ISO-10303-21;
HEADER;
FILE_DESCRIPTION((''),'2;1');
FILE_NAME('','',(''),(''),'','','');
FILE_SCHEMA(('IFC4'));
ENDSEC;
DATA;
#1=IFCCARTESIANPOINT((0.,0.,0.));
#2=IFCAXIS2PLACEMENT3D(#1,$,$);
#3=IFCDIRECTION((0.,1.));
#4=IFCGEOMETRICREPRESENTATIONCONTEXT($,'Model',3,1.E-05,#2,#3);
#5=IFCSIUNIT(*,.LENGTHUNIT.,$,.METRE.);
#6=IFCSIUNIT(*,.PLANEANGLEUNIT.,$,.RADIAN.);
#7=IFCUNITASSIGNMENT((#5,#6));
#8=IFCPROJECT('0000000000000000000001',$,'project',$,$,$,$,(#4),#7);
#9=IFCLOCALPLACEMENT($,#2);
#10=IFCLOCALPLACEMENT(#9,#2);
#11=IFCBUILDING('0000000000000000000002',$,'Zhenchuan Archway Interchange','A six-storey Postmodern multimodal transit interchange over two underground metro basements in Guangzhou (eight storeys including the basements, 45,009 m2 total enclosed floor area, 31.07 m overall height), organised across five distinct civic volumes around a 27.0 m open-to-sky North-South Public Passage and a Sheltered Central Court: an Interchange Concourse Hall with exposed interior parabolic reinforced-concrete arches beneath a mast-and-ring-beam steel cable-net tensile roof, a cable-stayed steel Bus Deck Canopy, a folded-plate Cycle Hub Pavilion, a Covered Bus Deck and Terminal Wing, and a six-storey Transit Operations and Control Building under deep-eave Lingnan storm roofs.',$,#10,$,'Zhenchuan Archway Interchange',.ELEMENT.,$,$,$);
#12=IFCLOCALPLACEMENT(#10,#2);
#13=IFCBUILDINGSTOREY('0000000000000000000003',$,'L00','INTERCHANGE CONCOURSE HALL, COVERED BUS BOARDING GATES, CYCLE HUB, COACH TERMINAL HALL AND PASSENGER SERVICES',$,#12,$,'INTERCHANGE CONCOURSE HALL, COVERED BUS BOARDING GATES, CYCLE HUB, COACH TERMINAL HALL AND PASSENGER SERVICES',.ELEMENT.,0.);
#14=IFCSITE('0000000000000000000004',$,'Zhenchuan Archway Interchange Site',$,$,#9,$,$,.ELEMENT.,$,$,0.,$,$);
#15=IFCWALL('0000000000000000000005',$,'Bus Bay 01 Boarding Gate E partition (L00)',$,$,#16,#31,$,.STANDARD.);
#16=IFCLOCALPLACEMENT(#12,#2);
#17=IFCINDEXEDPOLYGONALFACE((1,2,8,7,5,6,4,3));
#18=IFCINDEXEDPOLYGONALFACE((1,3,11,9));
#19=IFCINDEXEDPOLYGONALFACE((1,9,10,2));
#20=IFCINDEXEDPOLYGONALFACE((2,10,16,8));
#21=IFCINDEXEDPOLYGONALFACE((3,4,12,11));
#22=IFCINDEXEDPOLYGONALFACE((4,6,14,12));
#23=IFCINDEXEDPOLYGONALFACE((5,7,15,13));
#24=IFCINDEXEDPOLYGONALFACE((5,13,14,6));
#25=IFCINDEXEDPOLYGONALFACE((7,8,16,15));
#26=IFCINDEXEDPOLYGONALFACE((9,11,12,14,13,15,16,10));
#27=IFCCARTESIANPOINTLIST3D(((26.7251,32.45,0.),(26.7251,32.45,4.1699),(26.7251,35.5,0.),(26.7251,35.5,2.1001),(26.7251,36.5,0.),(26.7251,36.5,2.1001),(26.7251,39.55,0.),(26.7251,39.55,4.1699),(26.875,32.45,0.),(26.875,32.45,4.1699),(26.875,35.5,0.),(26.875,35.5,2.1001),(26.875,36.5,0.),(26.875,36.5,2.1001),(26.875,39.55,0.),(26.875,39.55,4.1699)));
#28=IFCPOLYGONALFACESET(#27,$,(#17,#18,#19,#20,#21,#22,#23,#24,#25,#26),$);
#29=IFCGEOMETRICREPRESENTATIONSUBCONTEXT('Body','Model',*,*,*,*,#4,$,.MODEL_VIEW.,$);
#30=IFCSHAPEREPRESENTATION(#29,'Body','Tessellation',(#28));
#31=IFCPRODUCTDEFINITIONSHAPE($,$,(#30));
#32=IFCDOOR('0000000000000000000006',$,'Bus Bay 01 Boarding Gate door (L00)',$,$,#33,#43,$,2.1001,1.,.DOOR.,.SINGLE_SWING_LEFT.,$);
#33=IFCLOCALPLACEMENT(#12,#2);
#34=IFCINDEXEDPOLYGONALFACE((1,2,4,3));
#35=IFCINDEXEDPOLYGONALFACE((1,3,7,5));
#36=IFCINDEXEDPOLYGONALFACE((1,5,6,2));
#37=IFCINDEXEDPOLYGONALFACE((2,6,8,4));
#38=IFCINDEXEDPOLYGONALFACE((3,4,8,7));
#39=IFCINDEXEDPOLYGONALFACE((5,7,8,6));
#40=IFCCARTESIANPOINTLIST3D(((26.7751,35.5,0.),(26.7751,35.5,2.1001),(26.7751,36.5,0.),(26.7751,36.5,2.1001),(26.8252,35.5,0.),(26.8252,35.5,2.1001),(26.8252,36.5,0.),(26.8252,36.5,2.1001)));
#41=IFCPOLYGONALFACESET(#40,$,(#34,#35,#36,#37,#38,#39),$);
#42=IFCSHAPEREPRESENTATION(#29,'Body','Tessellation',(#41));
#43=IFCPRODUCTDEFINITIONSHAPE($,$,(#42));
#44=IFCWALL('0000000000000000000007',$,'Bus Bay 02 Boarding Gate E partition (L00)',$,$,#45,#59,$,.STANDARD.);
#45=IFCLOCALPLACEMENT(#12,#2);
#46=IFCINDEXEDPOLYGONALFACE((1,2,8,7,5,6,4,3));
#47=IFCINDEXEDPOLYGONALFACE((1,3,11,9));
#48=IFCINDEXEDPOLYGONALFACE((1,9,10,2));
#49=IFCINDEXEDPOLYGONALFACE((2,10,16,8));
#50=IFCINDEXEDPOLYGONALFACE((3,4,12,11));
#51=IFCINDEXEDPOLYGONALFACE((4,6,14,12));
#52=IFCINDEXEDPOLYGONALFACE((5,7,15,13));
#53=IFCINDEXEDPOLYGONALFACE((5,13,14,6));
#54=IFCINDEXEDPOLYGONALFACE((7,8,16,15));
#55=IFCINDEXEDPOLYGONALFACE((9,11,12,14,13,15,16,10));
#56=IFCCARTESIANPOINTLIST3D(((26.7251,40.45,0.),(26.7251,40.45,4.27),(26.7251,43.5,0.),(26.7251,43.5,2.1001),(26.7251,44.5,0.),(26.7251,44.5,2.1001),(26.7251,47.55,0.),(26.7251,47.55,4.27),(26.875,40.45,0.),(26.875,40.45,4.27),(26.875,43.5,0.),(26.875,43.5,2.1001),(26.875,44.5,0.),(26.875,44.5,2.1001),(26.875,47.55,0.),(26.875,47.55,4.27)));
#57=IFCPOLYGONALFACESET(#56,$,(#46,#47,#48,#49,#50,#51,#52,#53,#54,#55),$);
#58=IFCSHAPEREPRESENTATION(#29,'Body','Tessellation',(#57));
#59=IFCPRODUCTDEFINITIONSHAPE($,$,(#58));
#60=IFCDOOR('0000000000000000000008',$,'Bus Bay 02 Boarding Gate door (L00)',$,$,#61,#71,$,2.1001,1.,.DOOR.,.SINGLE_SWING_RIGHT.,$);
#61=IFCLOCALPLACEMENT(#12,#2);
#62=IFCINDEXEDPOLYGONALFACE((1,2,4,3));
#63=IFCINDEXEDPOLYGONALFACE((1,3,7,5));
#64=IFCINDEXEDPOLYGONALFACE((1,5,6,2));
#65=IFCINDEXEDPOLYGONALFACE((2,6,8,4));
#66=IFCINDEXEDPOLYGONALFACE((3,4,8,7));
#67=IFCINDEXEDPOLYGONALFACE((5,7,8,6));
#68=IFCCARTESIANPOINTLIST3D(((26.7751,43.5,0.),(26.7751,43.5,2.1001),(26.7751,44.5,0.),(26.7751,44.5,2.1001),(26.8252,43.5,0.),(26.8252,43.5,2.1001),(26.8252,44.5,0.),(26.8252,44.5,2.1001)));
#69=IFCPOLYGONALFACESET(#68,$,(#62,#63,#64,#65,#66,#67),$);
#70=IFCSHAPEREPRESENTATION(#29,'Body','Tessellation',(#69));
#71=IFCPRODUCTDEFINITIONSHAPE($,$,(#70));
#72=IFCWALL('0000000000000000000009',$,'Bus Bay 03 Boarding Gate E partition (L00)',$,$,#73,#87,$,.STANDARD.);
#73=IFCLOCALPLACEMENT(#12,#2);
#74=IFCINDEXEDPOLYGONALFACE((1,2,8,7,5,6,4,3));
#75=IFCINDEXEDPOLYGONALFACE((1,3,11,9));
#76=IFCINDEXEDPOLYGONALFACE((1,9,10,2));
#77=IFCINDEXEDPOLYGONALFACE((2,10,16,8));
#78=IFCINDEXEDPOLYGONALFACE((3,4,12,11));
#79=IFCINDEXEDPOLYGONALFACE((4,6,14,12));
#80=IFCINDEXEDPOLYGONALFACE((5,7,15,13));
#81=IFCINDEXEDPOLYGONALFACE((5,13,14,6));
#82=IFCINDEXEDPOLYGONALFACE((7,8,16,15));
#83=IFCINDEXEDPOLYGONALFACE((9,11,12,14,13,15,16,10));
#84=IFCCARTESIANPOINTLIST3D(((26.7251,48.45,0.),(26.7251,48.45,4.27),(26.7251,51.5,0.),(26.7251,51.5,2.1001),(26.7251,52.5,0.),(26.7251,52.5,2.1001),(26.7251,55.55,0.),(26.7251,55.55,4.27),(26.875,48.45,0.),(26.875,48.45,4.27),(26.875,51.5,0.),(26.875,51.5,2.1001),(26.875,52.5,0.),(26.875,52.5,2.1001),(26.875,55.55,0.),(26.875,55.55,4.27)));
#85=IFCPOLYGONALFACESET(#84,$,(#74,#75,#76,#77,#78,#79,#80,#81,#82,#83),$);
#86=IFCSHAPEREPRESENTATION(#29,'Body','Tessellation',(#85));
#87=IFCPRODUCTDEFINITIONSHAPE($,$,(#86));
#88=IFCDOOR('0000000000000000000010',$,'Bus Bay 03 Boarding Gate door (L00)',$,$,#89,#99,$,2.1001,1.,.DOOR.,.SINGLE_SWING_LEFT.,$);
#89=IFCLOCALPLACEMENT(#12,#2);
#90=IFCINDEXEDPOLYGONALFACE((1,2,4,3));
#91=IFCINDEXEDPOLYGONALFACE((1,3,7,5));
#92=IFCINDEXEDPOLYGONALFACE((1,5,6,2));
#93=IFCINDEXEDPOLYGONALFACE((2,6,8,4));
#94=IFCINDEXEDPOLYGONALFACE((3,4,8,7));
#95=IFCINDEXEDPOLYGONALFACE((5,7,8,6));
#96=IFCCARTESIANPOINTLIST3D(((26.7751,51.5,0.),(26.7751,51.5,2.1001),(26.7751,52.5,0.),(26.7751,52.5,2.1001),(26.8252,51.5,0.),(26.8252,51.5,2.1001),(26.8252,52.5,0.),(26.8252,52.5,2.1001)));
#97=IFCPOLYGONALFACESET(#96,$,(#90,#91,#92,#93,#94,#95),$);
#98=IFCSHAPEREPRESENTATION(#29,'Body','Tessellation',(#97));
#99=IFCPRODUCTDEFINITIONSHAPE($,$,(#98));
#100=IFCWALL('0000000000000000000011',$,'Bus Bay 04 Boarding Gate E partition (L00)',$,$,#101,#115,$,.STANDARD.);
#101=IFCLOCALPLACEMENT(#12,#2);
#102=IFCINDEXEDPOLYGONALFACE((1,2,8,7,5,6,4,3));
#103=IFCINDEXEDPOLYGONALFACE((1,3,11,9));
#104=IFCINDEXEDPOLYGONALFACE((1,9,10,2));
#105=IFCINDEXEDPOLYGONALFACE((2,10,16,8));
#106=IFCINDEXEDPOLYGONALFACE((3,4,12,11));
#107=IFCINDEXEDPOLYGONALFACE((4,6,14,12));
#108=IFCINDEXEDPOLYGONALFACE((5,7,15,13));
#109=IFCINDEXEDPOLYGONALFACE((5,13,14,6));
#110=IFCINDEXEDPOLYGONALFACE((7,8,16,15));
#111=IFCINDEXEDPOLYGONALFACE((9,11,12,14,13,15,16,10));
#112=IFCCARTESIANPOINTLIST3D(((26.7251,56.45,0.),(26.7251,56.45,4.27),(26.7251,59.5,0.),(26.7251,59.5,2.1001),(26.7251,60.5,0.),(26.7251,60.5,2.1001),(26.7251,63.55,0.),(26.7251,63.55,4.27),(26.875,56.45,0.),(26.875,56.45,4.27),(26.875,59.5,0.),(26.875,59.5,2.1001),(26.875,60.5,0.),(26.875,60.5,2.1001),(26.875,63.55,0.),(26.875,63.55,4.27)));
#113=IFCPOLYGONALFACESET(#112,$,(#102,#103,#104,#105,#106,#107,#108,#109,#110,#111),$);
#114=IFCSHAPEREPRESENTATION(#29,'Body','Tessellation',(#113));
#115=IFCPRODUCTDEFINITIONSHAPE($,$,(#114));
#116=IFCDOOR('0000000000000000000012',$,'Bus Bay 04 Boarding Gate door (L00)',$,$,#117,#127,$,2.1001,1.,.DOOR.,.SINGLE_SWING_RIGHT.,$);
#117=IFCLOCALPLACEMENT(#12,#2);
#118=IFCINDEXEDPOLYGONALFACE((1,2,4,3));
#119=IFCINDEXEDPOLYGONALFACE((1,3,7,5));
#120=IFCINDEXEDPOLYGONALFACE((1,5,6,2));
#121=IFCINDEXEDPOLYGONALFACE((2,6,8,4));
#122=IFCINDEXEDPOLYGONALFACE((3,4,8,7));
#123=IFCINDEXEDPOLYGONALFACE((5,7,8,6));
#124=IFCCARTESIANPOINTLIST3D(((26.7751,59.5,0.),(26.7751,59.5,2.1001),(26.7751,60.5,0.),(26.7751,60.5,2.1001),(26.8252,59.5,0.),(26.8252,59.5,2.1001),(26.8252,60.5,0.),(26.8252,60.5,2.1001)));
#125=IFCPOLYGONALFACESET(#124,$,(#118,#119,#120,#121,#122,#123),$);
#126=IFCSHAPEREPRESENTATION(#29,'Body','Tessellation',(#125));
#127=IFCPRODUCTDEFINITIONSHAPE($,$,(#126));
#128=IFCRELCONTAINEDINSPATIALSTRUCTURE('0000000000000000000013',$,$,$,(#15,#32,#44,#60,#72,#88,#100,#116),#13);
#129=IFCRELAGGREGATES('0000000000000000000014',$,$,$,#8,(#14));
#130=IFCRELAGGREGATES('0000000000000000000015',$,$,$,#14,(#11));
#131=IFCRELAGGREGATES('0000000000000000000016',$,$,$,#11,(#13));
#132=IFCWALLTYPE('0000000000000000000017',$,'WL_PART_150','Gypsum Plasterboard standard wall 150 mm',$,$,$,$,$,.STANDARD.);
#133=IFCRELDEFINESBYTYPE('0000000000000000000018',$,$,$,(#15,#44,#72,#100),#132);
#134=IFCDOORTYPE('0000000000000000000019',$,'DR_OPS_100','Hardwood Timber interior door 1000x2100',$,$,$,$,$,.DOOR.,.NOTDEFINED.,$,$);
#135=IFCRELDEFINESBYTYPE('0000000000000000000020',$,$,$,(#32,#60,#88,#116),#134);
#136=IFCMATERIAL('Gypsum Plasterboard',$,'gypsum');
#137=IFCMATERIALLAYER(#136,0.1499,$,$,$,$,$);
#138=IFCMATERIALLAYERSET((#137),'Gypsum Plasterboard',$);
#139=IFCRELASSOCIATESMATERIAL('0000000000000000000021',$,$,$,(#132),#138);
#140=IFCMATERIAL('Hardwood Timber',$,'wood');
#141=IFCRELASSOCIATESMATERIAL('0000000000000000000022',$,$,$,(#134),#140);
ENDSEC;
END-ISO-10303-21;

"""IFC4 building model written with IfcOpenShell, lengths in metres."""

from ifc_helpers import new_model, si_unit, direction, frame, frame_2d, origin, place, context, subcontext, project, spatial, rectangle, extrude, material, layer, layer_set, type_object, element, fill, save


model = new_model("IFC4")

# Units and contexts
model_context = context("Model", 3, precision=1e-05, world=origin(), true_north=direction((0.0, 1.0)))
body_context = subcontext(model_context, "Body", "Model", "MODEL_VIEW")
ifc_project = project(units=[si_unit("LENGTHUNIT", "METRE"), si_unit("PLANEANGLEUNIT", "RADIAN")], contexts=[model_context])

# Site, building, storey
site_placement = place(None, origin())
site = spatial("IfcSite", under=ifc_project, at=site_placement, Name="Zhenchuan Archway Interchange Site", CompositionType="ELEMENT", RefElevation=0.0)
building_placement = place(site_placement, origin())
building = spatial("IfcBuilding", under=site, at=building_placement, Name="Zhenchuan Archway Interchange", Description="A six-storey Postmodern multimodal transit interchange over two underground metro basements in Guangzhou (eight storeys including the basements, 45,009 m2 total enclosed floor area, 31.07 m overall height), organised across five distinct civic volumes around a 27.0 m open-to-sky North-South Public Passage and a Sheltered Central Court: an Interchange Concourse Hall with exposed interior parabolic reinforced-concrete arches beneath a mast-and-ring-beam steel cable-net tensile roof, a cable-stayed steel Bus Deck Canopy, a folded-plate Cycle Hub Pavilion, a Covered Bus Deck and Terminal Wing, and a six-storey Transit Operations and Control Building under deep-eave Lingnan storm roofs.", LongName="Zhenchuan Archway Interchange", CompositionType="ELEMENT")
storey_placement = place(building_placement, origin())
storey = spatial("IfcBuildingStorey", under=building, at=storey_placement, Name="L00", Description="INTERCHANGE CONCOURSE HALL, COVERED BUS BOARDING GATES, CYCLE HUB, COACH TERMINAL HALL AND PASSENGER SERVICES", LongName="INTERCHANGE CONCOURSE HALL, COVERED BUS BOARDING GATES, CYCLE HUB, COACH TERMINAL HALL AND PASSENGER SERVICES", CompositionType="ELEMENT", Elevation=0.0)

# Walls, openings, doors
ifc_material_1 = material(Name="Gypsum Plasterboard", Category="gypsum")
ifc_layer = layer(ifc_material_1, 0.1499)
ifc_layer_set = layer_set([ifc_layer], Name="Gypsum Plasterboard")
wall_type = type_object("IfcWallType", Name="WL_PART_150", Description="Gypsum Plasterboard standard wall 150 mm", PredefinedType="STANDARD", material=ifc_layer_set)
wall_1_placement = place(storey_placement, frame((26.8, 32.45, 0.0), z_axis=(0.0, 0.0, 1.0), x_axis=(0.0, 1.0, 0.0)))
wall_1 = element("IfcWall", 1, at=wall_1_placement, inside=storey, type_object=wall_type, Name="Bus Bay 01 Boarding Gate E partition (L00)", PredefinedType="STANDARD", context=body_context, shape_type="SweptSolid", body=[
    extrude(rectangle(XDim=7.1001, YDim=0.1499, at=frame_2d((3.55, 0.0))), origin(), (0.0, 0.0, 1.0), 4.1699),
])
opening_1_placement = place(wall_1_placement, frame((3.05, 0.0, 0.0)))
opening_1 = element("IfcOpeningElement", 2, at=opening_1_placement, cuts=wall_1, PredefinedType="OPENING", context=body_context, shape_type="SweptSolid", body=[
    extrude(rectangle(XDim=1.0, YDim=2.1001, at=frame_2d((0.5, 1.05))), frame((0.0, 0.0869, 0.0), z_axis=(0.0, -1.0, 0.0), x_axis=(1.0, 0.0, 0.0)), (0.0, 0.0, 1.0), 0.1738),
])
ifc_material_2 = material(Name="Hardwood Timber", Category="wood")
door_type = type_object("IfcDoorType", Name="DR_OPS_100", Description="Hardwood Timber interior door 1000x2100", OperationType="NOTDEFINED", PredefinedType="DOOR", material=ifc_material_2)
door_1_placement = place(opening_1_placement, origin())
door_1 = element("IfcDoor", 3, at=door_1_placement, inside=storey, type_object=door_type, Name="Bus Bay 01 Boarding Gate door (L00)", OperationType="SINGLE_SWING_LEFT", OverallHeight=2.1001, OverallWidth=1.0, PredefinedType="DOOR", context=body_context, shape_type="SweptSolid", body=[
    extrude(rectangle(XDim=1.0, YDim=2.1001, at=frame_2d((0.5, 1.05))), frame((0.0, 0.0249, 0.0), z_axis=(0.0, -1.0, 0.0), x_axis=(1.0, 0.0, 0.0)), (0.0, 0.0, 1.0), 0.05),
])
fill(opening_1, door_1)
wall_2_placement = place(storey_placement, frame((26.8, 40.45, 0.0), z_axis=(0.0, 0.0, 1.0), x_axis=(0.0, 1.0, 0.0)))
wall_2 = element("IfcWall", 4, at=wall_2_placement, inside=storey, type_object=wall_type, Name="Bus Bay 02 Boarding Gate E partition (L00)", PredefinedType="STANDARD", context=body_context, shape_type="SweptSolid", body=[
    extrude(rectangle(XDim=7.1001, YDim=0.1499, at=frame_2d((3.55, 0.0))), origin(), (0.0, 0.0, 1.0), 4.27),
])
opening_2_placement = place(wall_2_placement, frame((3.05, 0.0, 0.0)))
opening_2 = element("IfcOpeningElement", 5, at=opening_2_placement, cuts=wall_2, PredefinedType="OPENING", context=body_context, shape_type="SweptSolid", body=[
    extrude(rectangle(XDim=1.0, YDim=2.1001, at=frame_2d((0.5, 1.05))), frame((0.0, 0.0869, 0.0), z_axis=(0.0, -1.0, 0.0), x_axis=(1.0, 0.0, 0.0)), (0.0, 0.0, 1.0), 0.1738),
])
door_2_placement = place(opening_2_placement, origin())
door_2 = element("IfcDoor", 6, at=door_2_placement, inside=storey, type_object=door_type, Name="Bus Bay 02 Boarding Gate door (L00)", OperationType="SINGLE_SWING_RIGHT", OverallHeight=2.1001, OverallWidth=1.0, PredefinedType="DOOR", context=body_context, shape_type="SweptSolid", body=[
    extrude(rectangle(XDim=1.0, YDim=2.1001, at=frame_2d((0.5, 1.05))), frame((0.0, 0.0249, 0.0), z_axis=(0.0, -1.0, 0.0), x_axis=(1.0, 0.0, 0.0)), (0.0, 0.0, 1.0), 0.05),
])
fill(opening_2, door_2)
wall_3_placement = place(storey_placement, frame((26.8, 48.45, 0.0), z_axis=(0.0, 0.0, 1.0), x_axis=(0.0, 1.0, 0.0)))
wall_3 = element("IfcWall", 7, at=wall_3_placement, inside=storey, type_object=wall_type, Name="Bus Bay 03 Boarding Gate E partition (L00)", PredefinedType="STANDARD", context=body_context, shape_type="SweptSolid", body=[
    extrude(rectangle(XDim=7.1001, YDim=0.1499, at=frame_2d((3.55, 0.0))), origin(), (0.0, 0.0, 1.0), 4.27),
])
opening_3_placement = place(wall_3_placement, frame((3.05, 0.0, 0.0)))
opening_3 = element("IfcOpeningElement", 8, at=opening_3_placement, cuts=wall_3, PredefinedType="OPENING", context=body_context, shape_type="SweptSolid", body=[
    extrude(rectangle(XDim=1.0, YDim=2.1001, at=frame_2d((0.5, 1.05))), frame((0.0, 0.0869, 0.0), z_axis=(0.0, -1.0, 0.0), x_axis=(1.0, 0.0, 0.0)), (0.0, 0.0, 1.0), 0.1738),
])
door_3_placement = place(opening_3_placement, origin())
door_3 = element("IfcDoor", 9, at=door_3_placement, inside=storey, type_object=door_type, Name="Bus Bay 03 Boarding Gate door (L00)", OperationType="SINGLE_SWING_LEFT", OverallHeight=2.1001, OverallWidth=1.0, PredefinedType="DOOR", context=body_context, shape_type="SweptSolid", body=[
    extrude(rectangle(XDim=1.0, YDim=2.1001, at=frame_2d((0.5, 1.05))), frame((0.0, 0.0249, 0.0), z_axis=(0.0, -1.0, 0.0), x_axis=(1.0, 0.0, 0.0)), (0.0, 0.0, 1.0), 0.05),
])
fill(opening_3, door_3)
wall_4_placement = place(storey_placement, frame((26.8, 56.45, 0.0), z_axis=(0.0, 0.0, 1.0), x_axis=(0.0, 1.0, 0.0)))
wall_4 = element("IfcWall", 10, at=wall_4_placement, inside=storey, type_object=wall_type, Name="Bus Bay 04 Boarding Gate E partition (L00)", PredefinedType="STANDARD", context=body_context, shape_type="SweptSolid", body=[
    extrude(rectangle(XDim=7.1001, YDim=0.1499, at=frame_2d((3.55, 0.0))), origin(), (0.0, 0.0, 1.0), 4.27),
])
opening_4_placement = place(wall_4_placement, frame((3.05, 0.0, 0.0)))
opening_4 = element("IfcOpeningElement", 11, at=opening_4_placement, cuts=wall_4, PredefinedType="OPENING", context=body_context, shape_type="SweptSolid", body=[
    extrude(rectangle(XDim=1.0, YDim=2.1001, at=frame_2d((0.5, 1.05))), frame((0.0, 0.0869, 0.0), z_axis=(0.0, -1.0, 0.0), x_axis=(1.0, 0.0, 0.0)), (0.0, 0.0, 1.0), 0.1738),
])
door_4_placement = place(opening_4_placement, origin())
door_4 = element("IfcDoor", 12, at=door_4_placement, inside=storey, type_object=door_type, Name="Bus Bay 04 Boarding Gate door (L00)", OperationType="SINGLE_SWING_RIGHT", OverallHeight=2.1001, OverallWidth=1.0, PredefinedType="DOOR", context=body_context, shape_type="SweptSolid", body=[
    extrude(rectangle(XDim=1.0, YDim=2.1001, at=frame_2d((0.5, 1.05))), frame((0.0, 0.0249, 0.0), z_axis=(0.0, -1.0, 0.0), x_axis=(1.0, 0.0, 0.0)), (0.0, 0.0, 1.0), 0.05),
])
fill(opening_4, door_4)

save(model, "model.ifc")
